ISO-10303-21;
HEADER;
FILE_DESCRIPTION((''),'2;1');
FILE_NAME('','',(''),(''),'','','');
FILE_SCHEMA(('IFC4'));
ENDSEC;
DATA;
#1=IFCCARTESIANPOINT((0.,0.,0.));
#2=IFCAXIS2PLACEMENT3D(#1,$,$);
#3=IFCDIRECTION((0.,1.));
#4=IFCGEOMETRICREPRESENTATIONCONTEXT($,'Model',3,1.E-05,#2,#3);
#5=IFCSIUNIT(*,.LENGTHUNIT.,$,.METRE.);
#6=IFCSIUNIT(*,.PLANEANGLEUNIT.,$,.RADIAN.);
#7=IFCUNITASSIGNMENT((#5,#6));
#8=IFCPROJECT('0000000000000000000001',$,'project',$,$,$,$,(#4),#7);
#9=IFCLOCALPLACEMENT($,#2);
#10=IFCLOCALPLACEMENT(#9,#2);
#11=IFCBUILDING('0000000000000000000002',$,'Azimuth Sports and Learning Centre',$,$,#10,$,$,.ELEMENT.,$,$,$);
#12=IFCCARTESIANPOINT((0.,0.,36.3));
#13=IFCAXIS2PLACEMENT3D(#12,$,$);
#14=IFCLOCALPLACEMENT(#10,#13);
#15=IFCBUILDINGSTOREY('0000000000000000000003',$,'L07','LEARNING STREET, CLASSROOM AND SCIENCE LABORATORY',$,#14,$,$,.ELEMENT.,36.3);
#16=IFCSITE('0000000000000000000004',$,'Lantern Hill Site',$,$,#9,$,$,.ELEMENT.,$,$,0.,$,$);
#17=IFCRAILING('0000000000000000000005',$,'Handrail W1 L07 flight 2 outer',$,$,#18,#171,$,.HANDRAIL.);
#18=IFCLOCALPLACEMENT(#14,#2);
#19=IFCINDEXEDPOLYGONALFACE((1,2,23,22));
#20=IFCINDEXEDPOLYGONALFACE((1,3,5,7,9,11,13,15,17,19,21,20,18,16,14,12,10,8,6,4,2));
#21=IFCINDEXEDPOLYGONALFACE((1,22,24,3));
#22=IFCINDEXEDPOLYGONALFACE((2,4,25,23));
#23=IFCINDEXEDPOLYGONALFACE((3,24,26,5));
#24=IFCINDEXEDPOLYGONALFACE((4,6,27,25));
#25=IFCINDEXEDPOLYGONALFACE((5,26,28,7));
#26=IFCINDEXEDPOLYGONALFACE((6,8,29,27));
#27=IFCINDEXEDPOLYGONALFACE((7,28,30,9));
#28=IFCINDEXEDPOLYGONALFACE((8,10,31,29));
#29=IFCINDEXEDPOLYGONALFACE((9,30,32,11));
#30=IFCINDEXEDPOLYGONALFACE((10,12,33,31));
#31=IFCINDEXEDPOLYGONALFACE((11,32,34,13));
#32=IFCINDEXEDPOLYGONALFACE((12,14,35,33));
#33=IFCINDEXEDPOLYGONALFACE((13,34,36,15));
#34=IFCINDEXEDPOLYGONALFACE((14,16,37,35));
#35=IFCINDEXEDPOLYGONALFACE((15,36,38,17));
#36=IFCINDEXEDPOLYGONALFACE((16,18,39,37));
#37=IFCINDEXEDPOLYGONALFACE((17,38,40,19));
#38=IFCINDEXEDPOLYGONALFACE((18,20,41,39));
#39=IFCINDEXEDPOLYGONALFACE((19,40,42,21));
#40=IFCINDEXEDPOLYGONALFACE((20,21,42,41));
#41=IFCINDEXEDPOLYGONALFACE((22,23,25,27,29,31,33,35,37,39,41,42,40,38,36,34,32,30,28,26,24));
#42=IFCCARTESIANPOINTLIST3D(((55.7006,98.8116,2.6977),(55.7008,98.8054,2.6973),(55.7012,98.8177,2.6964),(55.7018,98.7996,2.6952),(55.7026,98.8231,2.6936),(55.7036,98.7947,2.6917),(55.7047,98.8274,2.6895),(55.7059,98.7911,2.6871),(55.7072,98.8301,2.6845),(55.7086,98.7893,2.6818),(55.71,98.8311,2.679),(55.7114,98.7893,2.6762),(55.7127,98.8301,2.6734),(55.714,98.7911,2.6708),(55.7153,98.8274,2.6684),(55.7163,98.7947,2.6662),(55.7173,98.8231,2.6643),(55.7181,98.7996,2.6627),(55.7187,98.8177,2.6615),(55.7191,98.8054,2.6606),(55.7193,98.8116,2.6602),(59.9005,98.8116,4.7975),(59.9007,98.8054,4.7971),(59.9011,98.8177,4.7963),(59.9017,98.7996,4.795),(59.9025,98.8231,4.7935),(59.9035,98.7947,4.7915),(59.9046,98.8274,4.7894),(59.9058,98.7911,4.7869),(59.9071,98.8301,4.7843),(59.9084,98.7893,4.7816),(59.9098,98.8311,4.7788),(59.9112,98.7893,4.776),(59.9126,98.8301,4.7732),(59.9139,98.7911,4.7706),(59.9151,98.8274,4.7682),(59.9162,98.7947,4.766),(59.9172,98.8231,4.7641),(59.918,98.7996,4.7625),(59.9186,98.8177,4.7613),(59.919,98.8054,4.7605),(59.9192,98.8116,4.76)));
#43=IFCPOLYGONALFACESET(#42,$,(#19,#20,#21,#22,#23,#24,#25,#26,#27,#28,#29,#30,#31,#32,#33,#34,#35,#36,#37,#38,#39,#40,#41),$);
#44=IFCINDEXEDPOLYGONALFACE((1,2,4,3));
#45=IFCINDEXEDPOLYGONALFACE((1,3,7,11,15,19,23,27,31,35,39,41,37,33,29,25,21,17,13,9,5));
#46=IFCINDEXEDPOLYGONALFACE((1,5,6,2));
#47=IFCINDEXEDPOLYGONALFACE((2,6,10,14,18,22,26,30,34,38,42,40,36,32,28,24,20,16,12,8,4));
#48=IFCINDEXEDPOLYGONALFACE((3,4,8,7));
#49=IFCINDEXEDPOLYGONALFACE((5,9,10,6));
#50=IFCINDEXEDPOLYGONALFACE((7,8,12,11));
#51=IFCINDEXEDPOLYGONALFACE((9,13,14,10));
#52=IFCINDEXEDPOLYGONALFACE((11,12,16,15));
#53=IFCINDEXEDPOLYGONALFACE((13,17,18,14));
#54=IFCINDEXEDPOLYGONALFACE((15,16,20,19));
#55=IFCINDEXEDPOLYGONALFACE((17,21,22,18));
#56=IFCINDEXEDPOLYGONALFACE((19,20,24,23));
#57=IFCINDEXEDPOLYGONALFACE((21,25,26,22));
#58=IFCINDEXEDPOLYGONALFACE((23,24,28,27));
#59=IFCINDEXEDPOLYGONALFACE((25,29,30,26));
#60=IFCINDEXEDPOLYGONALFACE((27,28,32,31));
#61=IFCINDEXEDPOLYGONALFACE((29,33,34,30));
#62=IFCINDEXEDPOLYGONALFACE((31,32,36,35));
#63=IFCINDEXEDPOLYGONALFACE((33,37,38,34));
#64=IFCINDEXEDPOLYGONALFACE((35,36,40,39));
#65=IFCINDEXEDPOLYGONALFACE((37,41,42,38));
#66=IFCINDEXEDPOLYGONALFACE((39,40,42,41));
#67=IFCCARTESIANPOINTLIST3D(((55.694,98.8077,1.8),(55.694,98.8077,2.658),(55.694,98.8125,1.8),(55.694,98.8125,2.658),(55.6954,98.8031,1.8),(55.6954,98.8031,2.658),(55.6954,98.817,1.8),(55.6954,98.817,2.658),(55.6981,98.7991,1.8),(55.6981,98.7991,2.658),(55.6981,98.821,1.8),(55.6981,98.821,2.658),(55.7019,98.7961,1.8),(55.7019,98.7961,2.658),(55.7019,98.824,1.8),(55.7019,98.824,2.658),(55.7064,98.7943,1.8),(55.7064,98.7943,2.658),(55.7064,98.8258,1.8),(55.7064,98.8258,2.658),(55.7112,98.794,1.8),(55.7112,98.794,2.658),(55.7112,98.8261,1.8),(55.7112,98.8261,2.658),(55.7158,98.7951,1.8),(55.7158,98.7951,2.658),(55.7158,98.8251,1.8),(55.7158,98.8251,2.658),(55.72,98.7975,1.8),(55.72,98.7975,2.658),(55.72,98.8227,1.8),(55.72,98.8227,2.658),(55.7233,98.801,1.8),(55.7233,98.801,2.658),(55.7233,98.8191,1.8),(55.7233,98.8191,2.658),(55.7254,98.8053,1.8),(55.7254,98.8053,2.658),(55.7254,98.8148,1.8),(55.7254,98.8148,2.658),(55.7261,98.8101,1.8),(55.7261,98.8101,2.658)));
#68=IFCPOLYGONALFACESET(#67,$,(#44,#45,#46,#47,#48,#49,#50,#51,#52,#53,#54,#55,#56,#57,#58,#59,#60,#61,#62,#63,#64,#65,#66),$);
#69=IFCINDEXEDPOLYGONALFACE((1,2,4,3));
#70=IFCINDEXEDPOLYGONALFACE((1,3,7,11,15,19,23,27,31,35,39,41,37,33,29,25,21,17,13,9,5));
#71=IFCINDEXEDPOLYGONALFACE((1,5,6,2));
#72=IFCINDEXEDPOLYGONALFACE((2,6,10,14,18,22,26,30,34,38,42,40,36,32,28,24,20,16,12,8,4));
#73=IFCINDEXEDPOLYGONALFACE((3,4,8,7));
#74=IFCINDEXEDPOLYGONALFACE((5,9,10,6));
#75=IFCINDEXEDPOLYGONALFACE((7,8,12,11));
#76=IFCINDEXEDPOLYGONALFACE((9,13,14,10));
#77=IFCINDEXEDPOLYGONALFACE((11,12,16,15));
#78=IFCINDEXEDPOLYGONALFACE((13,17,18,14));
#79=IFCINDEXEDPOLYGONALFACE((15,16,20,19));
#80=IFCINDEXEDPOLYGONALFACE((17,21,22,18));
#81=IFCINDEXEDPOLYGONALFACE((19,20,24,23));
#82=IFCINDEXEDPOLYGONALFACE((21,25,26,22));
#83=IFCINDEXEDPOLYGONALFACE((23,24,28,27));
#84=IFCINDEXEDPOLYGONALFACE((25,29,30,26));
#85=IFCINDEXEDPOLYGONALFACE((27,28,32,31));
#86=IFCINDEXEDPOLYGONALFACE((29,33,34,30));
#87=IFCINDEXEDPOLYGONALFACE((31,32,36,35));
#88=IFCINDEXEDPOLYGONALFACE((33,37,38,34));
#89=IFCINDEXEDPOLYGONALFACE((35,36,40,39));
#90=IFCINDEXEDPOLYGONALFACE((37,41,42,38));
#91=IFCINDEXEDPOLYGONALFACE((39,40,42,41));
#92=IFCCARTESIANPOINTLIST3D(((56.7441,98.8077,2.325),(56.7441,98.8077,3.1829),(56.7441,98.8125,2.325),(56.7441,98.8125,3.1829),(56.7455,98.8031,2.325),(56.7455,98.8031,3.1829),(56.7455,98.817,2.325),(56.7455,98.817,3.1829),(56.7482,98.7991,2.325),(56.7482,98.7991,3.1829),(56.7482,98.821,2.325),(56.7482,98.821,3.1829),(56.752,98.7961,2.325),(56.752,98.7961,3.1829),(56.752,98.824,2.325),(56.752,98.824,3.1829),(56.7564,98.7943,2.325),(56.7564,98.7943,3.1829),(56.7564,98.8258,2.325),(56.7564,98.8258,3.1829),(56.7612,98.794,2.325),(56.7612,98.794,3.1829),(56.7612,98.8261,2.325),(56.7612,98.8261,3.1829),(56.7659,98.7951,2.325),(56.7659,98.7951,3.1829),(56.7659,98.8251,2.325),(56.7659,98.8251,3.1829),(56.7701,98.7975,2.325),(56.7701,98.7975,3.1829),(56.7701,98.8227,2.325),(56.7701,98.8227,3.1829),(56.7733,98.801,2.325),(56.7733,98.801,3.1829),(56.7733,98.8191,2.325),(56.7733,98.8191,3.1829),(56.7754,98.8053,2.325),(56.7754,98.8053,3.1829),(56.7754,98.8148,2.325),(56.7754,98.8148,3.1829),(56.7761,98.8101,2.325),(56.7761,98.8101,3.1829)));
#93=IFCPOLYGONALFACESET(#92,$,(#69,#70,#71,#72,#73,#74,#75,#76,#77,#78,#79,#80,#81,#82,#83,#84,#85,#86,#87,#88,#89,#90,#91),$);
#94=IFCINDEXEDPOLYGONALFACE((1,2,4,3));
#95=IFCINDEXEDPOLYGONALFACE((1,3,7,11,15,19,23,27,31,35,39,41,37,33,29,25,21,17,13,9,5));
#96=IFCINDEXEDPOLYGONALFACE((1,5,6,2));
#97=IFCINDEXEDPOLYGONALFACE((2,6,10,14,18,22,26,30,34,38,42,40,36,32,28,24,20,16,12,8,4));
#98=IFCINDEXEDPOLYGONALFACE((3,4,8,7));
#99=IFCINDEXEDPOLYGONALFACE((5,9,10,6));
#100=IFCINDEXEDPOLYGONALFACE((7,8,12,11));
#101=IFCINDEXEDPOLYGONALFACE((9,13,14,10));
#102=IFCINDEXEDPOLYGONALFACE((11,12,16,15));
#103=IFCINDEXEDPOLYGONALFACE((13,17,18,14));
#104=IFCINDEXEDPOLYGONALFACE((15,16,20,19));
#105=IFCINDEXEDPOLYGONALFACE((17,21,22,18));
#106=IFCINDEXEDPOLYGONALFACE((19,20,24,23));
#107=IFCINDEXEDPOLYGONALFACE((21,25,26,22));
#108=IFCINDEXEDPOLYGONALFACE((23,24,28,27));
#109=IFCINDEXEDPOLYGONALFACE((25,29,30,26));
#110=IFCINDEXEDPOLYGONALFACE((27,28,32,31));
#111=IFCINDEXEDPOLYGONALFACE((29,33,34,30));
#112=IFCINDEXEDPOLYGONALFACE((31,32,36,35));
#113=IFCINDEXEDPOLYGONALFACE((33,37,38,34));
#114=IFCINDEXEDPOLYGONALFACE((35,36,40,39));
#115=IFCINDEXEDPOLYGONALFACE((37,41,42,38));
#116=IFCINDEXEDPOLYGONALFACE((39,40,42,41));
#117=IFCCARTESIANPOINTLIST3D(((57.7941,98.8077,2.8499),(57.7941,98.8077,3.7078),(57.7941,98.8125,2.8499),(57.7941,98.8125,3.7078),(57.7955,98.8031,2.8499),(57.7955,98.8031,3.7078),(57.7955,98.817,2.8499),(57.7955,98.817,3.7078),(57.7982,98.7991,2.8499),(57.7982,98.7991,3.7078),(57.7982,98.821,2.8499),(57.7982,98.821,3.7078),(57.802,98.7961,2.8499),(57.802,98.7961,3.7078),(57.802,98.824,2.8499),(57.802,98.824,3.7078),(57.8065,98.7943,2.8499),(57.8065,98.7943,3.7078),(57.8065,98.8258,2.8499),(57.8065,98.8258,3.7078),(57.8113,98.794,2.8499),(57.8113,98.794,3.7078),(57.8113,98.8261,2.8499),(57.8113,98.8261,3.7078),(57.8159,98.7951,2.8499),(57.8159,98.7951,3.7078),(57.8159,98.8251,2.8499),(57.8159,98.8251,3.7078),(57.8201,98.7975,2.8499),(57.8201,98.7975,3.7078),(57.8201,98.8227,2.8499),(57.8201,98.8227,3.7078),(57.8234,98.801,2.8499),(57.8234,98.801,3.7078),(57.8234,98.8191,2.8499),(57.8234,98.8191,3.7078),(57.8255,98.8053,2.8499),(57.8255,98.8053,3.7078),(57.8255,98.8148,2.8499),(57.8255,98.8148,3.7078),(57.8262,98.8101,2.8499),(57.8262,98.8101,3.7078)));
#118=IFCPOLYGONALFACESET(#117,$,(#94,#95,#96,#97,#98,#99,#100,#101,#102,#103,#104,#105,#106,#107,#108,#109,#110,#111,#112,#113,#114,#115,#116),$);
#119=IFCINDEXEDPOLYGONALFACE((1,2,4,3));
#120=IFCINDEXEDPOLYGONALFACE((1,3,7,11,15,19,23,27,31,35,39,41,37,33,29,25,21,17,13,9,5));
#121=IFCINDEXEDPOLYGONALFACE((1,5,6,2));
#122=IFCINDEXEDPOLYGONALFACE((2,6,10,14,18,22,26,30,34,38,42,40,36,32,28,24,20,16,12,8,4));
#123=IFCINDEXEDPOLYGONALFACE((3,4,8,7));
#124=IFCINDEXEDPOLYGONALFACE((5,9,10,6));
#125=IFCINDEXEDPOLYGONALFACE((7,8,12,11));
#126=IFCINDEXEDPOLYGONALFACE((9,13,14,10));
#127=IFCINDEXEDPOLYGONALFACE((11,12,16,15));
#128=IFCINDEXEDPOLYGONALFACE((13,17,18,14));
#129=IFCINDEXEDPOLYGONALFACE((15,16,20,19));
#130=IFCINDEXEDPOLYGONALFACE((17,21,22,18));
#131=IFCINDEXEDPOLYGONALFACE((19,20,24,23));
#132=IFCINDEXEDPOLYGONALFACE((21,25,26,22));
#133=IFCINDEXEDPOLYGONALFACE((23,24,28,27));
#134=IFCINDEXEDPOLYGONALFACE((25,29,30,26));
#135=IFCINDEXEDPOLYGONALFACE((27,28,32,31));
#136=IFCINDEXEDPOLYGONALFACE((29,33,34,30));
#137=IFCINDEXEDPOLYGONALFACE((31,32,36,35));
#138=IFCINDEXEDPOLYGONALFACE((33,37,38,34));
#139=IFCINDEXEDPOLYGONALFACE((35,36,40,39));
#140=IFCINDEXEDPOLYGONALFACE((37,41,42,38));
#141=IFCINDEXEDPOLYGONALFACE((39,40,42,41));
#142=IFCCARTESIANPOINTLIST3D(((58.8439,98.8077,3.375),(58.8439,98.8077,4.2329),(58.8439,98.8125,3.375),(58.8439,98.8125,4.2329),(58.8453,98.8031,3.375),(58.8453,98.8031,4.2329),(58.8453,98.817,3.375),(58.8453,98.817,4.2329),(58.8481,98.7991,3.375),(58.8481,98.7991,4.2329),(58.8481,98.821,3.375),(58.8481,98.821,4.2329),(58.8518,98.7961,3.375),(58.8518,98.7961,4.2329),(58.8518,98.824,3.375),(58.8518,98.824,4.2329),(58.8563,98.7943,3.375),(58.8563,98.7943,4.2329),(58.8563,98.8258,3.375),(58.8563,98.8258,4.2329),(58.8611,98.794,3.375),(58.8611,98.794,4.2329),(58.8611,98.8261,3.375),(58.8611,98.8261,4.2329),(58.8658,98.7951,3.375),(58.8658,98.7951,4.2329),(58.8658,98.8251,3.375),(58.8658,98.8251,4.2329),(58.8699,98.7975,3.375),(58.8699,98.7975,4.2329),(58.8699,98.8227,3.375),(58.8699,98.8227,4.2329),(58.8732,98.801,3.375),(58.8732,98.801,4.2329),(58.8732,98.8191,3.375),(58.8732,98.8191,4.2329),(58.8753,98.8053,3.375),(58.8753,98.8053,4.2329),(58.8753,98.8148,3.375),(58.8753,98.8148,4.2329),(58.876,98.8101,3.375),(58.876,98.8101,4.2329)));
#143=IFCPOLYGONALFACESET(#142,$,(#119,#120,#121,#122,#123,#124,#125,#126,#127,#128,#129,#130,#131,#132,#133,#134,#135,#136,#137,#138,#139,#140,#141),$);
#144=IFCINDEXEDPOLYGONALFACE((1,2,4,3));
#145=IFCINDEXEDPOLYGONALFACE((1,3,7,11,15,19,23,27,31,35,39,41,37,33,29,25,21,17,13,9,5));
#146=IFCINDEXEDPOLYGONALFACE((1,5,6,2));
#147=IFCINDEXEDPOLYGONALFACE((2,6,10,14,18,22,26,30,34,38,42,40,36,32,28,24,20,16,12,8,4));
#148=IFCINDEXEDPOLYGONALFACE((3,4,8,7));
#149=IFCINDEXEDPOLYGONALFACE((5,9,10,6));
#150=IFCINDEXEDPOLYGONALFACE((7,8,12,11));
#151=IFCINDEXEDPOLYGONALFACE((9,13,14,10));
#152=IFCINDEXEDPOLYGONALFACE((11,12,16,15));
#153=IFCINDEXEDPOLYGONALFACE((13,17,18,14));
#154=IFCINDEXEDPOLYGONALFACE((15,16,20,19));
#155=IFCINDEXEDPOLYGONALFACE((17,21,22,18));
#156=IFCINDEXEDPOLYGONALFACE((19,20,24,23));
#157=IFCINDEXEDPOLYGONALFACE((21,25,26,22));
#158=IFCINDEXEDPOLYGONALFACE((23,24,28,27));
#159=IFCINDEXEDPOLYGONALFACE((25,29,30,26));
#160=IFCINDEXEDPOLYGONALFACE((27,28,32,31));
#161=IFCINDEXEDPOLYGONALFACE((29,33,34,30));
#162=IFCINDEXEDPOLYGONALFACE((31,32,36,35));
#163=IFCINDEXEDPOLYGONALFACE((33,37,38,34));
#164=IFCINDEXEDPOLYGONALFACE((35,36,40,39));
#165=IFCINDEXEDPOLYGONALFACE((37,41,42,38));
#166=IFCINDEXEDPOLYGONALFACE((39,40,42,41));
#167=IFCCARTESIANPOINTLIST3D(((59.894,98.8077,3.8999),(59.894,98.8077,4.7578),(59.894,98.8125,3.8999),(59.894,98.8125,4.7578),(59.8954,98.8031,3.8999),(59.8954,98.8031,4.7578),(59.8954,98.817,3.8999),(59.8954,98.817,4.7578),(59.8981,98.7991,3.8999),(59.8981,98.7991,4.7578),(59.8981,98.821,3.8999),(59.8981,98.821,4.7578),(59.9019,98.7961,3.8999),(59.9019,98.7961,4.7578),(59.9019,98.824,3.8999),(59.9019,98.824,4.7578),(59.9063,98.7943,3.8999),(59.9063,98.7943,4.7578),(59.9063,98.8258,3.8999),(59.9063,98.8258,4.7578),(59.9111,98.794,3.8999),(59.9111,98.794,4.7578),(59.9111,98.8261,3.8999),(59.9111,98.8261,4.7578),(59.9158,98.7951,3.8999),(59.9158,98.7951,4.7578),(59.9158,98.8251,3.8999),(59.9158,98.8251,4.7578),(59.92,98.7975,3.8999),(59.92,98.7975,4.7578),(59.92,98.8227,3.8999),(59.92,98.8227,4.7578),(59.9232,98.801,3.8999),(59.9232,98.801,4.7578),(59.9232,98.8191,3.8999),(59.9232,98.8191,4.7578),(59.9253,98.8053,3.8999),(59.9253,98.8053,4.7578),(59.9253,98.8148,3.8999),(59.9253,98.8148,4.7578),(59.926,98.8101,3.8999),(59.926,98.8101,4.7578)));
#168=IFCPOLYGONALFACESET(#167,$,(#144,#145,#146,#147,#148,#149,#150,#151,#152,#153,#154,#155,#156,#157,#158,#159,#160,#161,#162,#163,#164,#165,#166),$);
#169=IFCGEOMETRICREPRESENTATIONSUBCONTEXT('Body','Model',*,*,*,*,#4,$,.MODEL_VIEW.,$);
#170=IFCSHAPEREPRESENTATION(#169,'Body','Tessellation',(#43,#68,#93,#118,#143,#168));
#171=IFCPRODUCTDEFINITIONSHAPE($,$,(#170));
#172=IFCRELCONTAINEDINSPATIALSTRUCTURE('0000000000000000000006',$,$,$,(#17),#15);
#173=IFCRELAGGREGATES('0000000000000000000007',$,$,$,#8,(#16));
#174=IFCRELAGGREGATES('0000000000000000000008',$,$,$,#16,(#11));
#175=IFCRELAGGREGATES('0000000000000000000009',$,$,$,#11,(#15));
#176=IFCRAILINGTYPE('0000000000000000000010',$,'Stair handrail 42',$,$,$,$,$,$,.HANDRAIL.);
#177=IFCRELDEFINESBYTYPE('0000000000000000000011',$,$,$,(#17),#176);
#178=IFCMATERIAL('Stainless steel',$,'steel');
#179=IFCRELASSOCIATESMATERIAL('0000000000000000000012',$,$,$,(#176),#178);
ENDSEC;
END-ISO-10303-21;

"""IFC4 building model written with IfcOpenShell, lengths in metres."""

from ifc_helpers import new_model, si_unit, direction, frame, origin, origin_2d, place, context, subcontext, project, spatial, circle, extrude, material, type_object, element, save


model = new_model("IFC4")

# Units and contexts
model_context = context("Model", 3, precision=1e-05, world=origin(), true_north=direction((0.0, 1.0)))
body_context = subcontext(model_context, "Body", "Model", "MODEL_VIEW")
ifc_project = project(units=[si_unit("LENGTHUNIT", "METRE"), si_unit("PLANEANGLEUNIT", "RADIAN")], contexts=[model_context])

# Site, building, storey
site_placement = place(None, origin())
site = spatial("IfcSite", under=ifc_project, at=site_placement, Name="Lantern Hill Site", CompositionType="ELEMENT", RefElevation=0.0)
building_placement = place(site_placement, origin())
building = spatial("IfcBuilding", under=site, at=building_placement, Name="Azimuth Sports and Learning Centre", CompositionType="ELEMENT")
storey_placement = place(building_placement, frame((0.0, 0.0, 36.3)))
storey = spatial("IfcBuildingStorey", under=building, at=storey_placement, Name="L07", Description="LEARNING STREET, CLASSROOM AND SCIENCE LABORATORY", CompositionType="ELEMENT", Elevation=36.3)

# Railing
ifc_material_1 = material(Name="Stainless steel", Category="steel")
railing_type_1 = type_object("IfcRailingType", Name="Stair handrail 42", PredefinedType="HANDRAIL", material=ifc_material_1)
for number, where, name in (
    (1, (55.71, 98.8101, 1.8), "Handrail W1 L07 flight 2 outer"),
):
    element("IfcRailing", number, at=place(storey_placement, frame(where)), inside=storey, type_object=railing_type_1, Name=name, PredefinedType="HANDRAIL", context=body_context, shape_type="SweptSolid", body=[
        extrude(circle(Radius=0.021, at=origin_2d()), frame((0.0, 0.0, 0.8789), z_axis=(0.894438, 0.0, 0.447193), x_axis=(0.0, 1.0, 0.0)), (0.0, 0.0, 1.0), 4.6956),
        extrude(circle(Radius=0.0161, at=origin_2d()), origin(), (0.0, 0.0, 1.0), 0.8579),
        extrude(circle(Radius=0.0161, at=origin_2d()), frame((1.05, 0.0, 0.5249)), (0.0, 0.0, 1.0), 0.8579),
        extrude(circle(Radius=0.0161, at=origin_2d()), frame((2.1001, 0.0, 1.0498)), (0.0, 0.0, 1.0), 0.8579),
        extrude(circle(Radius=0.0161, at=origin_2d()), frame((3.1499, 0.0, 1.575)), (0.0, 0.0, 1.0), 0.8579),
        extrude(circle(Radius=0.0161, at=origin_2d()), frame((4.2, 0.0, 2.0999)), (0.0, 0.0, 1.0), 0.8579),
    ])

save(model, "model.ifc")
